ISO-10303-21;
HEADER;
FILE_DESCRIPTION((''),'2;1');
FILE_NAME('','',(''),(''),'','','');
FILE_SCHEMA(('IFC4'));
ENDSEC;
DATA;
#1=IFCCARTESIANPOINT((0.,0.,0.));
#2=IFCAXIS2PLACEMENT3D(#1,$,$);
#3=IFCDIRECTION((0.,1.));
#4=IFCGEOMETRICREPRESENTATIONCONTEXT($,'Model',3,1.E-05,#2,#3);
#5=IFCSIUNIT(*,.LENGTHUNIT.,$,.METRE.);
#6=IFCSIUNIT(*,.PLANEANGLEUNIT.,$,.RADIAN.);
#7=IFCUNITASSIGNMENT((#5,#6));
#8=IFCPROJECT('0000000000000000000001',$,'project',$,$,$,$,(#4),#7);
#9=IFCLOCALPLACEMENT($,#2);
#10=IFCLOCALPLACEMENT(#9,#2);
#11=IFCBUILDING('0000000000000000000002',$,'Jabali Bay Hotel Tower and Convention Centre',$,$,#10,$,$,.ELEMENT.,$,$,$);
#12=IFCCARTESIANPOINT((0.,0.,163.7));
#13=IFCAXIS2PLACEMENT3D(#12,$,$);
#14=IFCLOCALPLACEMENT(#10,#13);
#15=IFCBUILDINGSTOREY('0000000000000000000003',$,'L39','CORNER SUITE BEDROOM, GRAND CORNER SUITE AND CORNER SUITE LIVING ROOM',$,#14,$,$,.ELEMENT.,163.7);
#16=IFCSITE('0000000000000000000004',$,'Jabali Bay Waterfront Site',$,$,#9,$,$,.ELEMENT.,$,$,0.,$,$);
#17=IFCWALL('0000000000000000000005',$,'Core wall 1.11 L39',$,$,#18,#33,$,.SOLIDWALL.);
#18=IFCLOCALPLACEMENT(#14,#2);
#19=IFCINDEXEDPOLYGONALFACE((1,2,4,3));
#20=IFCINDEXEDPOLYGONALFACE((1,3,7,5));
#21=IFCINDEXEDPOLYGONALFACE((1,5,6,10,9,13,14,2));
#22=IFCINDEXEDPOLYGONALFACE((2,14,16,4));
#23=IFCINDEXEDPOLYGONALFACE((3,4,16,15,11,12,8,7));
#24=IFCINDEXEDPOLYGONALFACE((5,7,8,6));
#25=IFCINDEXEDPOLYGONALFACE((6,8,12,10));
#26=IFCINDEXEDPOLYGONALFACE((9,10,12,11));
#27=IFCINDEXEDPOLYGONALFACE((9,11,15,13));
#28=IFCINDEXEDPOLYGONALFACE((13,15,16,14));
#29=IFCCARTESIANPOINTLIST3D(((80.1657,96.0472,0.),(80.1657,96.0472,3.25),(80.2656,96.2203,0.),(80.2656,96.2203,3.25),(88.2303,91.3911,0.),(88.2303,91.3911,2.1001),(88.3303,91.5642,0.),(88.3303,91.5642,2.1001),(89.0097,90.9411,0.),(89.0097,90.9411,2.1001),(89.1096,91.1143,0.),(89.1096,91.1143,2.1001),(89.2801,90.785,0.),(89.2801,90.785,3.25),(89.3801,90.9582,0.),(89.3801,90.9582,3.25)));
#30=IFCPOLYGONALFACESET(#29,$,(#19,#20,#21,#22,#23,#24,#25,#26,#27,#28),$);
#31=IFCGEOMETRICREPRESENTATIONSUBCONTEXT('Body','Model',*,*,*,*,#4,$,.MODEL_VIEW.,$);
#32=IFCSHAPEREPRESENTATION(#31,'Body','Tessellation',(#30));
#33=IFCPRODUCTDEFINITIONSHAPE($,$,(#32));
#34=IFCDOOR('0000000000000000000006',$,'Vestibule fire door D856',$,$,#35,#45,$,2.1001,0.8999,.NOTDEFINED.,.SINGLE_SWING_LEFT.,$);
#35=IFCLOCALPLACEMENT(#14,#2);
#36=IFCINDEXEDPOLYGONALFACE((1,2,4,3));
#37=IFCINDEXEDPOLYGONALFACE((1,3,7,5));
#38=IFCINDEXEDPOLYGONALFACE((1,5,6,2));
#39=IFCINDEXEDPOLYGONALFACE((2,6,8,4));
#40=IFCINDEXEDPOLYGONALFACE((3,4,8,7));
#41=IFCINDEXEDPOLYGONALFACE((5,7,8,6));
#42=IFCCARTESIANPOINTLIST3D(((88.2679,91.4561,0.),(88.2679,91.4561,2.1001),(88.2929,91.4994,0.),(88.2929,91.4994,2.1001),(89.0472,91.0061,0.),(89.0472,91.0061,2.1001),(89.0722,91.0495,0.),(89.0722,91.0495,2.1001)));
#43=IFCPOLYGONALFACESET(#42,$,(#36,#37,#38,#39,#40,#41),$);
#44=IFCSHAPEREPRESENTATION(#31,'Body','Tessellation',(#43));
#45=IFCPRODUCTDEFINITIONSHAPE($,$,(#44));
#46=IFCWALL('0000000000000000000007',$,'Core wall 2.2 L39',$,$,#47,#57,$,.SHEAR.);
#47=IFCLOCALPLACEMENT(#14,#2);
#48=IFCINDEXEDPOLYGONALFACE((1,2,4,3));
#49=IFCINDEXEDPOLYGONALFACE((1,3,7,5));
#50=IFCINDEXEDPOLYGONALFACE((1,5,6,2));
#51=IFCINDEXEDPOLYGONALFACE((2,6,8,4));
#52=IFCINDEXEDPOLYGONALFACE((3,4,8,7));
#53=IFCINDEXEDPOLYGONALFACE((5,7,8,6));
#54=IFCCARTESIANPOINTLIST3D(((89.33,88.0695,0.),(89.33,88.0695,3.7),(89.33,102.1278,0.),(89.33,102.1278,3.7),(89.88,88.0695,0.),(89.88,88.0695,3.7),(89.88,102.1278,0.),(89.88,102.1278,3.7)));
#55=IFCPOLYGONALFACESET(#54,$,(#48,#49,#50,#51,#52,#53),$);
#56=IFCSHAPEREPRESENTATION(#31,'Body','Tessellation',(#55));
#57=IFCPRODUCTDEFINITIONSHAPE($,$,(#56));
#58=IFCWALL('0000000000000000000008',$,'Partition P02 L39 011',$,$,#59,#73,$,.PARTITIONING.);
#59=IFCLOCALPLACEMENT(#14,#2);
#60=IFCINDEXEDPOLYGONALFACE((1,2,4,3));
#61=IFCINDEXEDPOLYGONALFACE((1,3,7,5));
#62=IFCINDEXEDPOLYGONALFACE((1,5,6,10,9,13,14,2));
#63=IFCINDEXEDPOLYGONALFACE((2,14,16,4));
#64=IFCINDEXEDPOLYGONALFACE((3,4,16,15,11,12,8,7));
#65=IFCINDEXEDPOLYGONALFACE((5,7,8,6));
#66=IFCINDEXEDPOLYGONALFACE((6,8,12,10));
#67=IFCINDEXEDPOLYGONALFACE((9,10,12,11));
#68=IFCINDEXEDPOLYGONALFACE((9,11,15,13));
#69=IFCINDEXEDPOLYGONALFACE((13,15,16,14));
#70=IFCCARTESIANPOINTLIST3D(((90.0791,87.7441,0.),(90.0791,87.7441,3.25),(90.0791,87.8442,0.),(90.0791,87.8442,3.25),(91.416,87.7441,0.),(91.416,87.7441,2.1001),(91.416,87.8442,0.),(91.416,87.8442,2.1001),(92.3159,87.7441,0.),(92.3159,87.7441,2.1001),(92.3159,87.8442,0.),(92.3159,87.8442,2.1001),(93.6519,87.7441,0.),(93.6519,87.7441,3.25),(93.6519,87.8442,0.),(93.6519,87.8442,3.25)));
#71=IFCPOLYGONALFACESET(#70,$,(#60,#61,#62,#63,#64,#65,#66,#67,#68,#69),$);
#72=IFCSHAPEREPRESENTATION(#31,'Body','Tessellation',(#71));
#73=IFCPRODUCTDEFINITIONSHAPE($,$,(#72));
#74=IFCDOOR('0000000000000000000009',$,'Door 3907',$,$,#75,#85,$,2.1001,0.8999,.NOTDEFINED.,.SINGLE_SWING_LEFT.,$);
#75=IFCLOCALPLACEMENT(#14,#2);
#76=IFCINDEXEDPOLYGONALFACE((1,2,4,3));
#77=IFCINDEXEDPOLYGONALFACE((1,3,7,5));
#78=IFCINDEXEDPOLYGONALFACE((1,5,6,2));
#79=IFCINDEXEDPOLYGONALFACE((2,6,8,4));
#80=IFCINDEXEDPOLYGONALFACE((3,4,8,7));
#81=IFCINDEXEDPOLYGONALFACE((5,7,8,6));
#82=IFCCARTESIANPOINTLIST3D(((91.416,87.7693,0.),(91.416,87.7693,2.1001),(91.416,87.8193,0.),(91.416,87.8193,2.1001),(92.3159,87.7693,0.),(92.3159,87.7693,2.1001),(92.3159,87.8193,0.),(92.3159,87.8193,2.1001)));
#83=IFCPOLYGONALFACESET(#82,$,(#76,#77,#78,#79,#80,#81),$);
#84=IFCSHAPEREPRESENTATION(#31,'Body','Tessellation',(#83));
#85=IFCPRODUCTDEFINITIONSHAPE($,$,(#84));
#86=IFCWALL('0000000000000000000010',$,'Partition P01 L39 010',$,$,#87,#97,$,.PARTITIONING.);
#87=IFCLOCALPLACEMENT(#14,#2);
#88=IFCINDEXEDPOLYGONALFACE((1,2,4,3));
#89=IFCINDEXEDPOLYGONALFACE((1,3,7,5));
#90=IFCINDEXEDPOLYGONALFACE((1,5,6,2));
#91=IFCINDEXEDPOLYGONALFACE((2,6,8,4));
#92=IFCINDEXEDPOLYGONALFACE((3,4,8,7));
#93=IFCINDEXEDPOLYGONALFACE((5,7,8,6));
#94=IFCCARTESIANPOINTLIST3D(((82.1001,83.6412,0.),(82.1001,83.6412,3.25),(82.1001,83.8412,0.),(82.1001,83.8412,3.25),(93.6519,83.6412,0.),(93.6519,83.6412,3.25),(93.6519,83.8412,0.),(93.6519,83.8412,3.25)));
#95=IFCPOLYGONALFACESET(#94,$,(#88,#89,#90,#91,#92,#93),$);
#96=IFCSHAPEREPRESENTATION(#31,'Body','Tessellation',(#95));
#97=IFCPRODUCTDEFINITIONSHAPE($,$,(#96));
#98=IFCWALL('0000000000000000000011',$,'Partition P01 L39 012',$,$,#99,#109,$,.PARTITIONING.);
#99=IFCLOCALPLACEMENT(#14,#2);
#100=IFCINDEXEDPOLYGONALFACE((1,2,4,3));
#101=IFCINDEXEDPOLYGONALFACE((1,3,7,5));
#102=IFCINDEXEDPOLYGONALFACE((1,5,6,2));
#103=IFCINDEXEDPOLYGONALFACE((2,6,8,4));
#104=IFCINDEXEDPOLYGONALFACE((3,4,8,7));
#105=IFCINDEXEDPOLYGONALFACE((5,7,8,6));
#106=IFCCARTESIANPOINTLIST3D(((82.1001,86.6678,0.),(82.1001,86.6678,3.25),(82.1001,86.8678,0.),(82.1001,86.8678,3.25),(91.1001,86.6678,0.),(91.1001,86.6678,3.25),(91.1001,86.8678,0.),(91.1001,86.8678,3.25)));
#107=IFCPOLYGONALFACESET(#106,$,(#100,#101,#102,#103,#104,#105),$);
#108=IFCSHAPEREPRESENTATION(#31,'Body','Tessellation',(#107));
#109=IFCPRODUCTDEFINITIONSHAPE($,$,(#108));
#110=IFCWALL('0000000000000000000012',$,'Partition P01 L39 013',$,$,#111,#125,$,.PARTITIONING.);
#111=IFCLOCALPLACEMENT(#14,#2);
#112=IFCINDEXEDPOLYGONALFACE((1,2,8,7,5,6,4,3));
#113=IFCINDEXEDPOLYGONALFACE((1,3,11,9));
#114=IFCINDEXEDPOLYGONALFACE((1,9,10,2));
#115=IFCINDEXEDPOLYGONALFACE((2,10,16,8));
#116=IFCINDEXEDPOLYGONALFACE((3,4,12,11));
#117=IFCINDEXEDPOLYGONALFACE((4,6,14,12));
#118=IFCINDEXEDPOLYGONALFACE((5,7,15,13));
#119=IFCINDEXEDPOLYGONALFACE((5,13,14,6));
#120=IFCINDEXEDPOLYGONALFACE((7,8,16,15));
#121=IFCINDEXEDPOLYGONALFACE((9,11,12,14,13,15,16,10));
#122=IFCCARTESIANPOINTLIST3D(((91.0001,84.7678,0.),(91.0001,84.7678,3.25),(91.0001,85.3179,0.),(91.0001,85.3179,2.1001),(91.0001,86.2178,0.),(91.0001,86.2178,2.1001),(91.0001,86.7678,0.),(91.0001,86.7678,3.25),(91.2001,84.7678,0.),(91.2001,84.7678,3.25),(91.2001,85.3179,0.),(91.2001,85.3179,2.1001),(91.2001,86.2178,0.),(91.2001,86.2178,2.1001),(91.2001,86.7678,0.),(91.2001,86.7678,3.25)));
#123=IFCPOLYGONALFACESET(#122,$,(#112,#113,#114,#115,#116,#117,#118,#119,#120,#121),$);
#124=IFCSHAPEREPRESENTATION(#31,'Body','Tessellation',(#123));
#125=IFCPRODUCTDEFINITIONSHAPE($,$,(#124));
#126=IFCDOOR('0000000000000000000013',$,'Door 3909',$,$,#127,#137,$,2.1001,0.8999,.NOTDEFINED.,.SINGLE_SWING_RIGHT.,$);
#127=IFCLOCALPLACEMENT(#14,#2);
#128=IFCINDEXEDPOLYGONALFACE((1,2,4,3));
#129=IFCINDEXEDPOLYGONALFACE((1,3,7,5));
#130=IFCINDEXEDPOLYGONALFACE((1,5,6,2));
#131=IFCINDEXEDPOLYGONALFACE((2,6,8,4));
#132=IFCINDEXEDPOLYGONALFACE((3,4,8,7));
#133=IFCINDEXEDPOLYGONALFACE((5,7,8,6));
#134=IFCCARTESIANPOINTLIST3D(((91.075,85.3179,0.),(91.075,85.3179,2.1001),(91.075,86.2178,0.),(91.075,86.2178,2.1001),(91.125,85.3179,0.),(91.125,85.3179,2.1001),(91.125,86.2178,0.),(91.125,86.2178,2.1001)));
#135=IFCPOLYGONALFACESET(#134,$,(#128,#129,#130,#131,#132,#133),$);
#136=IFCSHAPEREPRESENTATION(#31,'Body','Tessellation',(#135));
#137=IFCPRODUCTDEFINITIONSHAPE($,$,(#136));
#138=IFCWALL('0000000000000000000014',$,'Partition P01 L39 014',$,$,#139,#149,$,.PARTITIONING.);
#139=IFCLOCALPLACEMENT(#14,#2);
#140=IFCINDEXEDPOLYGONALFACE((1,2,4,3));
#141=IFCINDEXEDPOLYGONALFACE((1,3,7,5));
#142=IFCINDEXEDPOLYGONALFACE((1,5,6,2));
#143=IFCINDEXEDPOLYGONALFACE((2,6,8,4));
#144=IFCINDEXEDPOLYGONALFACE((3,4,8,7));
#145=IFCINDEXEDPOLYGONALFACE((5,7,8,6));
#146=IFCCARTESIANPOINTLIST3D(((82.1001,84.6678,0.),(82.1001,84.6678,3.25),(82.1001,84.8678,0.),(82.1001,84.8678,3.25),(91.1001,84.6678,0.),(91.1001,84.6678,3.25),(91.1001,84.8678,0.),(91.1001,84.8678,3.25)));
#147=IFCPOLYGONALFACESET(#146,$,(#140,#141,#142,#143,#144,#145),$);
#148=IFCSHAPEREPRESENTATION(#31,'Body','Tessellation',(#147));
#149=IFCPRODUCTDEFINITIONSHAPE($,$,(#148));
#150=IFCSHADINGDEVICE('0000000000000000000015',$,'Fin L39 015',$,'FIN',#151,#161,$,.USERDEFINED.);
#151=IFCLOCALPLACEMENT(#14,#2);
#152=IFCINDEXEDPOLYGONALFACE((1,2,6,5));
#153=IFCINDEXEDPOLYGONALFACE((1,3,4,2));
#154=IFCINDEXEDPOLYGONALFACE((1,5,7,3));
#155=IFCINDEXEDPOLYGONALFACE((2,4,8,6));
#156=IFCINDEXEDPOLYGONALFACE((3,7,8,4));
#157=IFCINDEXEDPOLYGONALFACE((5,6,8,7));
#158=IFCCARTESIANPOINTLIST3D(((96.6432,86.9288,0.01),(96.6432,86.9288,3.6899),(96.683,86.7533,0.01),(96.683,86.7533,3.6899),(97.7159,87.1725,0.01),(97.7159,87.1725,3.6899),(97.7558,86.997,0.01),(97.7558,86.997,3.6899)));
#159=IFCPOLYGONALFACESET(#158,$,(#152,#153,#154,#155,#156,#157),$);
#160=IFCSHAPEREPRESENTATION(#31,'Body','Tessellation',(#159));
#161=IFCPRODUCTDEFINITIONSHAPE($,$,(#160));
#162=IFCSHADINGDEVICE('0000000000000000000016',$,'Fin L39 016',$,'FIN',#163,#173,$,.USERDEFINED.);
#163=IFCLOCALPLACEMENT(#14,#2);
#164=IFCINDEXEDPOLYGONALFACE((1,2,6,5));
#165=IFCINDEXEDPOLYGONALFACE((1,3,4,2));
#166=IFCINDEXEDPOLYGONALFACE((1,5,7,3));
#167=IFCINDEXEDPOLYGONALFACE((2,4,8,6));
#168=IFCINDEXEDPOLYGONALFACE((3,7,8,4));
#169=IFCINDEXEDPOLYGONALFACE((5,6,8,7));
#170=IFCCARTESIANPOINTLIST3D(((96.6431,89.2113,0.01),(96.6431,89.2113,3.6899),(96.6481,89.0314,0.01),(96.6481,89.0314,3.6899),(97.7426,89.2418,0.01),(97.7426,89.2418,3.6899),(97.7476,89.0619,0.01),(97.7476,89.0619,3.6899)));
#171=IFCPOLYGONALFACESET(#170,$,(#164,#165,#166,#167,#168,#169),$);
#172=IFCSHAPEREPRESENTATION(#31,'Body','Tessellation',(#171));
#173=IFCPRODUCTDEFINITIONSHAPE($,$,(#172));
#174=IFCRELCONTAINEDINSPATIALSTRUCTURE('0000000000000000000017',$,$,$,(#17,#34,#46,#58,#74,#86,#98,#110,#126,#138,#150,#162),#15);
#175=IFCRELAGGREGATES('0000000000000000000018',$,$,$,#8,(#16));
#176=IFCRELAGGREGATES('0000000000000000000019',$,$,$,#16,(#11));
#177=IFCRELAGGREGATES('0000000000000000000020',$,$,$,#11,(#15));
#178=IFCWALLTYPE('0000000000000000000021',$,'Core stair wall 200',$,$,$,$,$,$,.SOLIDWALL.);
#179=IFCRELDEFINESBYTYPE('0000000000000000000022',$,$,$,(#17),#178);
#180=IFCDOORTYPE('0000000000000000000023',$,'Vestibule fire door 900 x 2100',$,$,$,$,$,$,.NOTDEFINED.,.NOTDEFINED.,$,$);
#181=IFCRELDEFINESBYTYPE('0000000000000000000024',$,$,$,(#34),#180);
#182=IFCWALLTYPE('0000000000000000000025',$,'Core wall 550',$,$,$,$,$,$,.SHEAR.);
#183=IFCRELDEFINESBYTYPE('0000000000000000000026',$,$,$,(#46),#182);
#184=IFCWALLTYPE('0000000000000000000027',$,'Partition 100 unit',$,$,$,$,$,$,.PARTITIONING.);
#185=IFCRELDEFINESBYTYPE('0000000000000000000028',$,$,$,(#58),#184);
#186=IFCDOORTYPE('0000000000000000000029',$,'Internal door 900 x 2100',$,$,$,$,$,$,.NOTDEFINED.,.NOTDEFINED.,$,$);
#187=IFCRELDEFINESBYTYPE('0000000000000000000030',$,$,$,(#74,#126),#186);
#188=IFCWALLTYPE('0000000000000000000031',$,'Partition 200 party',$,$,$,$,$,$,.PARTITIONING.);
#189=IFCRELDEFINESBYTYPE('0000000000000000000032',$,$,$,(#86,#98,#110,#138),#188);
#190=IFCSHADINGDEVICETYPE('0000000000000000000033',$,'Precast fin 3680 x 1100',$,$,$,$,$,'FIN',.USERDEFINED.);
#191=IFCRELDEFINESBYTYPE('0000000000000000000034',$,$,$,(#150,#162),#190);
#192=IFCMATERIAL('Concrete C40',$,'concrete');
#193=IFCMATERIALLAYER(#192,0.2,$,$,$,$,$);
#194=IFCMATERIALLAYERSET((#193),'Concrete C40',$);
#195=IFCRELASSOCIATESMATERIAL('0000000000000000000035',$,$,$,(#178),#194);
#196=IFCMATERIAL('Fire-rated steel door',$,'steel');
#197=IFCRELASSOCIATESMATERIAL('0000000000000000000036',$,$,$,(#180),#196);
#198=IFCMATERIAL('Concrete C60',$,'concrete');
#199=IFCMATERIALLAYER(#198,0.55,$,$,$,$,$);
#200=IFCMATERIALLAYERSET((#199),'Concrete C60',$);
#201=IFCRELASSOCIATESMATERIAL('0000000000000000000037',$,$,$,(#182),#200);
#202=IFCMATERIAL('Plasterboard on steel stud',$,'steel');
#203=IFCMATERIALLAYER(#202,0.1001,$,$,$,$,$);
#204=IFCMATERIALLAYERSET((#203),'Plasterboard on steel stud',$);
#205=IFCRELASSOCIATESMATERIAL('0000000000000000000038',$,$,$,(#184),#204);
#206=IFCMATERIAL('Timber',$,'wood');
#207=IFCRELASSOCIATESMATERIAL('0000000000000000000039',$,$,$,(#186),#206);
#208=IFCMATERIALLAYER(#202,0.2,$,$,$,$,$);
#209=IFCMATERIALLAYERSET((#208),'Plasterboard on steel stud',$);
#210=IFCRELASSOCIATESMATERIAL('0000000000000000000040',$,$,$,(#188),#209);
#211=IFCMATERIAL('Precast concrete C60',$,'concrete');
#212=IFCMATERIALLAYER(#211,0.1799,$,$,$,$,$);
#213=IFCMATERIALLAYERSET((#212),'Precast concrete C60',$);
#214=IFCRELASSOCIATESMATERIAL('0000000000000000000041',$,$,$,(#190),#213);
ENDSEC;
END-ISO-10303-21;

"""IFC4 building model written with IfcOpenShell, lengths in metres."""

from ifc_helpers import new_model, si_unit, direction, frame, frame_2d, origin, place, context, subcontext, project, spatial, rectangle, extrude, material, layer, layer_set, type_object, element, fill, save


model = new_model("IFC4")

# Units and contexts
model_context = context("Model", 3, precision=1e-05, world=origin(), true_north=direction((0.0, 1.0)))
body_context = subcontext(model_context, "Body", "Model", "MODEL_VIEW")
ifc_project = project(units=[si_unit("LENGTHUNIT", "METRE"), si_unit("PLANEANGLEUNIT", "RADIAN")], contexts=[model_context])

# Site, building, storey
site_placement = place(None, origin())
site = spatial("IfcSite", under=ifc_project, at=site_placement, Name="Jabali Bay Waterfront Site", CompositionType="ELEMENT", RefElevation=0.0)
building_placement = place(site_placement, origin())
building = spatial("IfcBuilding", under=site, at=building_placement, Name="Jabali Bay Hotel Tower and Convention Centre", CompositionType="ELEMENT")
storey_placement = place(building_placement, frame((0.0, 0.0, 163.7)))
storey = spatial("IfcBuildingStorey", under=building, at=storey_placement, Name="L39", Description="CORNER SUITE BEDROOM, GRAND CORNER SUITE AND CORNER SUITE LIVING ROOM", CompositionType="ELEMENT", Elevation=163.7)

# Shared definitions
ifc_material_1 = material(Name="Concrete C60", Category="concrete")

# Shared definitions
ifc_material_2 = material(Name="Concrete C40", Category="concrete")
ifc_layer_1 = layer(ifc_material_2, 0.2)
ifc_layer_set_1 = layer_set([ifc_layer_1], Name="Concrete C40")
wall_type_1 = type_object("IfcWallType", Name="Core stair wall 200", PredefinedType="SOLIDWALL", material=ifc_layer_set_1)

# Wall, opening, door
wall_1_placement = place(storey_placement, frame((89.3301, 90.8716, 0.0), z_axis=(0.0, 0.0, 1.0), x_axis=(-0.866028, 0.499996, 0.0)))
wall_1 = element("IfcWall", 1, at=wall_1_placement, inside=storey, type_object=wall_type_1, Name="Core wall 1.11 L39", PredefinedType="SOLIDWALL", context=body_context, shape_type="SweptSolid", body=[
    extrude(rectangle(XDim=10.5244, YDim=0.2, at=frame_2d((5.2622, 0.0))), origin(), (0.0, 0.0, 1.0), 3.25),
])
opening_1_placement = place(wall_1_placement, frame((0.3123, 0.0, 0.0)))
opening_1 = element("IfcOpeningElement", 2, at=opening_1_placement, cuts=wall_1, PredefinedType="OPENING", context=body_context, shape_type="SweptSolid", body=[
    extrude(rectangle(XDim=0.8999, YDim=2.1001, at=frame_2d((0.45, 1.05))), frame((0.0, 0.1104, 0.0), z_axis=(0.0, -1.0, 0.0), x_axis=(1.0, 0.0, 0.0)), (0.0, 0.0, 1.0), 0.2209),
])
ifc_material_3 = material(Name="Fire-rated steel door", Category="steel")
door_type_1 = type_object("IfcDoorType", Name="Vestibule fire door 900 x 2100", OperationType="NOTDEFINED", PredefinedType="NOTDEFINED", material=ifc_material_3)
door_1_placement = place(opening_1_placement, origin())
door_1 = element("IfcDoor", 3, at=door_1_placement, inside=storey, type_object=door_type_1, Name="Vestibule fire door D856", OperationType="SINGLE_SWING_LEFT", OverallHeight=2.1001, OverallWidth=0.8999, PredefinedType="NOTDEFINED", context=body_context, shape_type="SweptSolid", body=[
    extrude(rectangle(XDim=0.8999, YDim=2.1001, at=frame_2d((0.45, 1.05))), frame((0.0, 0.0249, 0.0), z_axis=(0.0, -1.0, 0.0), x_axis=(1.0, 0.0, 0.0)), (0.0, 0.0, 1.0), 0.05),
])
fill(opening_1, door_1)

# Wall
ifc_layer_2 = layer(ifc_material_1, 0.55)
ifc_layer_set_2 = layer_set([ifc_layer_2], Name="Concrete C60")
wall_type_2 = type_object("IfcWallType", Name="Core wall 550", PredefinedType="SHEAR", material=ifc_layer_set_2)
wall_2_placement = place(storey_placement, frame((89.605, 88.0693, 0.0), z_axis=(0.0, 0.0, 1.0), x_axis=(0.0, 1.0, 0.0)))
element("IfcWall", 4, at=wall_2_placement, inside=storey, type_object=wall_type_2, Name="Core wall 2.2 L39", PredefinedType="SHEAR", context=body_context, shape_type="SweptSolid", body=[
    extrude(rectangle(XDim=14.0583, YDim=0.55, at=frame_2d((7.0293, 0.0))), origin(), (0.0, 0.0, 1.0), 3.7),
])

# Wall, opening, door
ifc_material_4 = material(Name="Plasterboard on steel stud", Category="steel")
ifc_layer_3 = layer(ifc_material_4, 0.1001)
ifc_layer_set_3 = layer_set([ifc_layer_3], Name="Plasterboard on steel stud")
wall_type_3 = type_object("IfcWallType", Name="Partition 100 unit", PredefinedType="PARTITIONING", material=ifc_layer_set_3)
wall_3_placement = place(storey_placement, frame((93.6519, 87.7942, 0.0), z_axis=(0.0, 0.0, 1.0), x_axis=(-1.0, 0.0, 0.0)))
wall_3 = element("IfcWall", 5, at=wall_3_placement, inside=storey, type_object=wall_type_3, Name="Partition P02 L39 011", PredefinedType="PARTITIONING", context=body_context, shape_type="SweptSolid", body=[
    extrude(rectangle(XDim=3.5728, YDim=0.1001, at=frame_2d((1.7864, 0.0))), origin(), (0.0, 0.0, 1.0), 3.25),
])
opening_2_placement = place(wall_3_placement, frame((1.3359, 0.0, 0.0)))
opening_2 = element("IfcOpeningElement", 6, at=opening_2_placement, cuts=wall_3, PredefinedType="OPENING", context=body_context, shape_type="SweptSolid", body=[
    extrude(rectangle(XDim=0.8999, YDim=2.1001, at=frame_2d((0.45, 1.05))), frame((0.0, 0.0605, 0.0), z_axis=(0.0, -1.0, 0.0), x_axis=(1.0, 0.0, 0.0)), (0.0, 0.0, 1.0), 0.1211),
])
ifc_material_5 = material(Name="Timber", Category="wood")
door_type_2 = type_object("IfcDoorType", Name="Internal door 900 x 2100", OperationType="NOTDEFINED", PredefinedType="NOTDEFINED", material=ifc_material_5)
door_2_placement = place(opening_2_placement, origin())
door_2 = element("IfcDoor", 7, at=door_2_placement, inside=storey, type_object=door_type_2, Name="Door 3907", OperationType="SINGLE_SWING_LEFT", OverallHeight=2.1001, OverallWidth=0.8999, PredefinedType="NOTDEFINED", context=body_context, shape_type="SweptSolid", body=[
    extrude(rectangle(XDim=0.8999, YDim=2.1001, at=frame_2d((0.45, 1.05))), frame((0.0, 0.0249, 0.0), z_axis=(0.0, -1.0, 0.0), x_axis=(1.0, 0.0, 0.0)), (0.0, 0.0, 1.0), 0.05),
])
fill(opening_2, door_2)

# Walls
ifc_layer_4 = layer(ifc_material_4, 0.2)
ifc_layer_set_4 = layer_set([ifc_layer_4], Name="Plasterboard on steel stud")
wall_type_4 = type_object("IfcWallType", Name="Partition 200 party", PredefinedType="PARTITIONING", material=ifc_layer_set_4)
wall_4_placement = place(storey_placement, frame((93.6519, 83.7412, 0.0), z_axis=(0.0, 0.0, 1.0), x_axis=(-1.0, 0.0, 0.0)))
element("IfcWall", 8, at=wall_4_placement, inside=storey, type_object=wall_type_4, Name="Partition P01 L39 010", PredefinedType="PARTITIONING", context=body_context, shape_type="SweptSolid", body=[
    extrude(rectangle(XDim=11.5518, YDim=0.2, at=frame_2d((5.7759, 0.0))), origin(), (0.0, 0.0, 1.0), 3.25),
])
wall_5_placement = place(storey_placement, frame((82.1001, 86.7678, 0.0), z_axis=(0.0, 0.0, 1.0), x_axis=(1.0, 0.0, 0.0)))
element("IfcWall", 9, at=wall_5_placement, inside=storey, type_object=wall_type_4, Name="Partition P01 L39 012", PredefinedType="PARTITIONING", context=body_context, shape_type="SweptSolid", body=[
    extrude(rectangle(XDim=9.0, YDim=0.2, at=frame_2d((4.5, 0.0))), origin(), (0.0, 0.0, 1.0), 3.25),
])

# Wall, opening, door
wall_6_placement = place(storey_placement, frame((91.1001, 86.7678, 0.0), z_axis=(0.0, 0.0, 1.0), x_axis=(0.0, -1.0, 0.0)))
wall_6 = element("IfcWall", 10, at=wall_6_placement, inside=storey, type_object=wall_type_4, Name="Partition P01 L39 013", PredefinedType="PARTITIONING", context=body_context, shape_type="SweptSolid", body=[
    extrude(rectangle(XDim=2.0, YDim=0.2, at=frame_2d((1.0, 0.0))), origin(), (0.0, 0.0, 1.0), 3.25),
])
opening_3_placement = place(wall_6_placement, frame((0.55, 0.0, 0.0)))
opening_3 = element("IfcOpeningElement", 11, at=opening_3_placement, cuts=wall_6, PredefinedType="OPENING", context=body_context, shape_type="SweptSolid", body=[
    extrude(rectangle(XDim=0.8999, YDim=2.1001, at=frame_2d((0.45, 1.05))), frame((0.0, 0.1104, 0.0), z_axis=(0.0, -1.0, 0.0), x_axis=(1.0, 0.0, 0.0)), (0.0, 0.0, 1.0), 0.2209),
])
door_3_placement = place(opening_3_placement, origin())
door_3 = element("IfcDoor", 12, at=door_3_placement, inside=storey, type_object=door_type_2, Name="Door 3909", OperationType="SINGLE_SWING_RIGHT", OverallHeight=2.1001, OverallWidth=0.8999, PredefinedType="NOTDEFINED", context=body_context, shape_type="SweptSolid", body=[
    extrude(rectangle(XDim=0.8999, YDim=2.1001, at=frame_2d((0.45, 1.05))), frame((0.0, 0.0249, 0.0), z_axis=(0.0, -1.0, 0.0), x_axis=(1.0, 0.0, 0.0)), (0.0, 0.0, 1.0), 0.05),
])
fill(opening_3, door_3)

# Wall
wall_7_placement = place(storey_placement, frame((91.1001, 84.7678, 0.0), z_axis=(0.0, 0.0, 1.0), x_axis=(-1.0, 0.0, 0.0)))
element("IfcWall", 13, at=wall_7_placement, inside=storey, type_object=wall_type_4, Name="Partition P01 L39 014", PredefinedType="PARTITIONING", context=body_context, shape_type="SweptSolid", body=[
    extrude(rectangle(XDim=9.0, YDim=0.2, at=frame_2d((4.5, 0.0))), origin(), (0.0, 0.0, 1.0), 3.25),
])

# Shading devices
ifc_material_6 = material(Name="Precast concrete C60", Category="concrete")
ifc_layer_5 = layer(ifc_material_6, 0.1799)
ifc_layer_set_5 = layer_set([ifc_layer_5], Name="Precast concrete C60")
shading_device_type_1 = type_object("IfcShadingDeviceType", Name="Precast fin 3680 x 1100", ElementType="FIN", PredefinedType="USERDEFINED", material=ifc_layer_set_5)
shading_device_1_placement = place(storey_placement, frame((96.6631, 86.8411, 0.01), z_axis=(0.0, 0.0, 1.0), x_axis=(0.975163, 0.221487, 0.0)))
element("IfcShadingDevice", 14, at=shading_device_1_placement, inside=storey, type_object=shading_device_type_1, Name="Fin L39 015", ObjectType="FIN", PredefinedType="USERDEFINED", context=body_context, shape_type="SweptSolid", body=[
    extrude(rectangle(XDim=1.1001, YDim=0.1799, at=frame_2d((0.55, 0.0))), origin(), (0.0, 0.0, 1.0), 3.6799),
])
shading_device_2_placement = place(storey_placement, frame((96.6458, 89.1213, 0.01), z_axis=(0.0, 0.0, 1.0), x_axis=(0.999615, 0.027749, 0.0)))
element("IfcShadingDevice", 15, at=shading_device_2_placement, inside=storey, type_object=shading_device_type_1, Name="Fin L39 016", ObjectType="FIN", PredefinedType="USERDEFINED", context=body_context, shape_type="SweptSolid", body=[
    extrude(rectangle(XDim=1.0999, YDim=0.1799, at=frame_2d((0.5498, 0.0))), origin(), (0.0, 0.0, 1.0), 3.6799),
])

save(model, "model.ifc")
